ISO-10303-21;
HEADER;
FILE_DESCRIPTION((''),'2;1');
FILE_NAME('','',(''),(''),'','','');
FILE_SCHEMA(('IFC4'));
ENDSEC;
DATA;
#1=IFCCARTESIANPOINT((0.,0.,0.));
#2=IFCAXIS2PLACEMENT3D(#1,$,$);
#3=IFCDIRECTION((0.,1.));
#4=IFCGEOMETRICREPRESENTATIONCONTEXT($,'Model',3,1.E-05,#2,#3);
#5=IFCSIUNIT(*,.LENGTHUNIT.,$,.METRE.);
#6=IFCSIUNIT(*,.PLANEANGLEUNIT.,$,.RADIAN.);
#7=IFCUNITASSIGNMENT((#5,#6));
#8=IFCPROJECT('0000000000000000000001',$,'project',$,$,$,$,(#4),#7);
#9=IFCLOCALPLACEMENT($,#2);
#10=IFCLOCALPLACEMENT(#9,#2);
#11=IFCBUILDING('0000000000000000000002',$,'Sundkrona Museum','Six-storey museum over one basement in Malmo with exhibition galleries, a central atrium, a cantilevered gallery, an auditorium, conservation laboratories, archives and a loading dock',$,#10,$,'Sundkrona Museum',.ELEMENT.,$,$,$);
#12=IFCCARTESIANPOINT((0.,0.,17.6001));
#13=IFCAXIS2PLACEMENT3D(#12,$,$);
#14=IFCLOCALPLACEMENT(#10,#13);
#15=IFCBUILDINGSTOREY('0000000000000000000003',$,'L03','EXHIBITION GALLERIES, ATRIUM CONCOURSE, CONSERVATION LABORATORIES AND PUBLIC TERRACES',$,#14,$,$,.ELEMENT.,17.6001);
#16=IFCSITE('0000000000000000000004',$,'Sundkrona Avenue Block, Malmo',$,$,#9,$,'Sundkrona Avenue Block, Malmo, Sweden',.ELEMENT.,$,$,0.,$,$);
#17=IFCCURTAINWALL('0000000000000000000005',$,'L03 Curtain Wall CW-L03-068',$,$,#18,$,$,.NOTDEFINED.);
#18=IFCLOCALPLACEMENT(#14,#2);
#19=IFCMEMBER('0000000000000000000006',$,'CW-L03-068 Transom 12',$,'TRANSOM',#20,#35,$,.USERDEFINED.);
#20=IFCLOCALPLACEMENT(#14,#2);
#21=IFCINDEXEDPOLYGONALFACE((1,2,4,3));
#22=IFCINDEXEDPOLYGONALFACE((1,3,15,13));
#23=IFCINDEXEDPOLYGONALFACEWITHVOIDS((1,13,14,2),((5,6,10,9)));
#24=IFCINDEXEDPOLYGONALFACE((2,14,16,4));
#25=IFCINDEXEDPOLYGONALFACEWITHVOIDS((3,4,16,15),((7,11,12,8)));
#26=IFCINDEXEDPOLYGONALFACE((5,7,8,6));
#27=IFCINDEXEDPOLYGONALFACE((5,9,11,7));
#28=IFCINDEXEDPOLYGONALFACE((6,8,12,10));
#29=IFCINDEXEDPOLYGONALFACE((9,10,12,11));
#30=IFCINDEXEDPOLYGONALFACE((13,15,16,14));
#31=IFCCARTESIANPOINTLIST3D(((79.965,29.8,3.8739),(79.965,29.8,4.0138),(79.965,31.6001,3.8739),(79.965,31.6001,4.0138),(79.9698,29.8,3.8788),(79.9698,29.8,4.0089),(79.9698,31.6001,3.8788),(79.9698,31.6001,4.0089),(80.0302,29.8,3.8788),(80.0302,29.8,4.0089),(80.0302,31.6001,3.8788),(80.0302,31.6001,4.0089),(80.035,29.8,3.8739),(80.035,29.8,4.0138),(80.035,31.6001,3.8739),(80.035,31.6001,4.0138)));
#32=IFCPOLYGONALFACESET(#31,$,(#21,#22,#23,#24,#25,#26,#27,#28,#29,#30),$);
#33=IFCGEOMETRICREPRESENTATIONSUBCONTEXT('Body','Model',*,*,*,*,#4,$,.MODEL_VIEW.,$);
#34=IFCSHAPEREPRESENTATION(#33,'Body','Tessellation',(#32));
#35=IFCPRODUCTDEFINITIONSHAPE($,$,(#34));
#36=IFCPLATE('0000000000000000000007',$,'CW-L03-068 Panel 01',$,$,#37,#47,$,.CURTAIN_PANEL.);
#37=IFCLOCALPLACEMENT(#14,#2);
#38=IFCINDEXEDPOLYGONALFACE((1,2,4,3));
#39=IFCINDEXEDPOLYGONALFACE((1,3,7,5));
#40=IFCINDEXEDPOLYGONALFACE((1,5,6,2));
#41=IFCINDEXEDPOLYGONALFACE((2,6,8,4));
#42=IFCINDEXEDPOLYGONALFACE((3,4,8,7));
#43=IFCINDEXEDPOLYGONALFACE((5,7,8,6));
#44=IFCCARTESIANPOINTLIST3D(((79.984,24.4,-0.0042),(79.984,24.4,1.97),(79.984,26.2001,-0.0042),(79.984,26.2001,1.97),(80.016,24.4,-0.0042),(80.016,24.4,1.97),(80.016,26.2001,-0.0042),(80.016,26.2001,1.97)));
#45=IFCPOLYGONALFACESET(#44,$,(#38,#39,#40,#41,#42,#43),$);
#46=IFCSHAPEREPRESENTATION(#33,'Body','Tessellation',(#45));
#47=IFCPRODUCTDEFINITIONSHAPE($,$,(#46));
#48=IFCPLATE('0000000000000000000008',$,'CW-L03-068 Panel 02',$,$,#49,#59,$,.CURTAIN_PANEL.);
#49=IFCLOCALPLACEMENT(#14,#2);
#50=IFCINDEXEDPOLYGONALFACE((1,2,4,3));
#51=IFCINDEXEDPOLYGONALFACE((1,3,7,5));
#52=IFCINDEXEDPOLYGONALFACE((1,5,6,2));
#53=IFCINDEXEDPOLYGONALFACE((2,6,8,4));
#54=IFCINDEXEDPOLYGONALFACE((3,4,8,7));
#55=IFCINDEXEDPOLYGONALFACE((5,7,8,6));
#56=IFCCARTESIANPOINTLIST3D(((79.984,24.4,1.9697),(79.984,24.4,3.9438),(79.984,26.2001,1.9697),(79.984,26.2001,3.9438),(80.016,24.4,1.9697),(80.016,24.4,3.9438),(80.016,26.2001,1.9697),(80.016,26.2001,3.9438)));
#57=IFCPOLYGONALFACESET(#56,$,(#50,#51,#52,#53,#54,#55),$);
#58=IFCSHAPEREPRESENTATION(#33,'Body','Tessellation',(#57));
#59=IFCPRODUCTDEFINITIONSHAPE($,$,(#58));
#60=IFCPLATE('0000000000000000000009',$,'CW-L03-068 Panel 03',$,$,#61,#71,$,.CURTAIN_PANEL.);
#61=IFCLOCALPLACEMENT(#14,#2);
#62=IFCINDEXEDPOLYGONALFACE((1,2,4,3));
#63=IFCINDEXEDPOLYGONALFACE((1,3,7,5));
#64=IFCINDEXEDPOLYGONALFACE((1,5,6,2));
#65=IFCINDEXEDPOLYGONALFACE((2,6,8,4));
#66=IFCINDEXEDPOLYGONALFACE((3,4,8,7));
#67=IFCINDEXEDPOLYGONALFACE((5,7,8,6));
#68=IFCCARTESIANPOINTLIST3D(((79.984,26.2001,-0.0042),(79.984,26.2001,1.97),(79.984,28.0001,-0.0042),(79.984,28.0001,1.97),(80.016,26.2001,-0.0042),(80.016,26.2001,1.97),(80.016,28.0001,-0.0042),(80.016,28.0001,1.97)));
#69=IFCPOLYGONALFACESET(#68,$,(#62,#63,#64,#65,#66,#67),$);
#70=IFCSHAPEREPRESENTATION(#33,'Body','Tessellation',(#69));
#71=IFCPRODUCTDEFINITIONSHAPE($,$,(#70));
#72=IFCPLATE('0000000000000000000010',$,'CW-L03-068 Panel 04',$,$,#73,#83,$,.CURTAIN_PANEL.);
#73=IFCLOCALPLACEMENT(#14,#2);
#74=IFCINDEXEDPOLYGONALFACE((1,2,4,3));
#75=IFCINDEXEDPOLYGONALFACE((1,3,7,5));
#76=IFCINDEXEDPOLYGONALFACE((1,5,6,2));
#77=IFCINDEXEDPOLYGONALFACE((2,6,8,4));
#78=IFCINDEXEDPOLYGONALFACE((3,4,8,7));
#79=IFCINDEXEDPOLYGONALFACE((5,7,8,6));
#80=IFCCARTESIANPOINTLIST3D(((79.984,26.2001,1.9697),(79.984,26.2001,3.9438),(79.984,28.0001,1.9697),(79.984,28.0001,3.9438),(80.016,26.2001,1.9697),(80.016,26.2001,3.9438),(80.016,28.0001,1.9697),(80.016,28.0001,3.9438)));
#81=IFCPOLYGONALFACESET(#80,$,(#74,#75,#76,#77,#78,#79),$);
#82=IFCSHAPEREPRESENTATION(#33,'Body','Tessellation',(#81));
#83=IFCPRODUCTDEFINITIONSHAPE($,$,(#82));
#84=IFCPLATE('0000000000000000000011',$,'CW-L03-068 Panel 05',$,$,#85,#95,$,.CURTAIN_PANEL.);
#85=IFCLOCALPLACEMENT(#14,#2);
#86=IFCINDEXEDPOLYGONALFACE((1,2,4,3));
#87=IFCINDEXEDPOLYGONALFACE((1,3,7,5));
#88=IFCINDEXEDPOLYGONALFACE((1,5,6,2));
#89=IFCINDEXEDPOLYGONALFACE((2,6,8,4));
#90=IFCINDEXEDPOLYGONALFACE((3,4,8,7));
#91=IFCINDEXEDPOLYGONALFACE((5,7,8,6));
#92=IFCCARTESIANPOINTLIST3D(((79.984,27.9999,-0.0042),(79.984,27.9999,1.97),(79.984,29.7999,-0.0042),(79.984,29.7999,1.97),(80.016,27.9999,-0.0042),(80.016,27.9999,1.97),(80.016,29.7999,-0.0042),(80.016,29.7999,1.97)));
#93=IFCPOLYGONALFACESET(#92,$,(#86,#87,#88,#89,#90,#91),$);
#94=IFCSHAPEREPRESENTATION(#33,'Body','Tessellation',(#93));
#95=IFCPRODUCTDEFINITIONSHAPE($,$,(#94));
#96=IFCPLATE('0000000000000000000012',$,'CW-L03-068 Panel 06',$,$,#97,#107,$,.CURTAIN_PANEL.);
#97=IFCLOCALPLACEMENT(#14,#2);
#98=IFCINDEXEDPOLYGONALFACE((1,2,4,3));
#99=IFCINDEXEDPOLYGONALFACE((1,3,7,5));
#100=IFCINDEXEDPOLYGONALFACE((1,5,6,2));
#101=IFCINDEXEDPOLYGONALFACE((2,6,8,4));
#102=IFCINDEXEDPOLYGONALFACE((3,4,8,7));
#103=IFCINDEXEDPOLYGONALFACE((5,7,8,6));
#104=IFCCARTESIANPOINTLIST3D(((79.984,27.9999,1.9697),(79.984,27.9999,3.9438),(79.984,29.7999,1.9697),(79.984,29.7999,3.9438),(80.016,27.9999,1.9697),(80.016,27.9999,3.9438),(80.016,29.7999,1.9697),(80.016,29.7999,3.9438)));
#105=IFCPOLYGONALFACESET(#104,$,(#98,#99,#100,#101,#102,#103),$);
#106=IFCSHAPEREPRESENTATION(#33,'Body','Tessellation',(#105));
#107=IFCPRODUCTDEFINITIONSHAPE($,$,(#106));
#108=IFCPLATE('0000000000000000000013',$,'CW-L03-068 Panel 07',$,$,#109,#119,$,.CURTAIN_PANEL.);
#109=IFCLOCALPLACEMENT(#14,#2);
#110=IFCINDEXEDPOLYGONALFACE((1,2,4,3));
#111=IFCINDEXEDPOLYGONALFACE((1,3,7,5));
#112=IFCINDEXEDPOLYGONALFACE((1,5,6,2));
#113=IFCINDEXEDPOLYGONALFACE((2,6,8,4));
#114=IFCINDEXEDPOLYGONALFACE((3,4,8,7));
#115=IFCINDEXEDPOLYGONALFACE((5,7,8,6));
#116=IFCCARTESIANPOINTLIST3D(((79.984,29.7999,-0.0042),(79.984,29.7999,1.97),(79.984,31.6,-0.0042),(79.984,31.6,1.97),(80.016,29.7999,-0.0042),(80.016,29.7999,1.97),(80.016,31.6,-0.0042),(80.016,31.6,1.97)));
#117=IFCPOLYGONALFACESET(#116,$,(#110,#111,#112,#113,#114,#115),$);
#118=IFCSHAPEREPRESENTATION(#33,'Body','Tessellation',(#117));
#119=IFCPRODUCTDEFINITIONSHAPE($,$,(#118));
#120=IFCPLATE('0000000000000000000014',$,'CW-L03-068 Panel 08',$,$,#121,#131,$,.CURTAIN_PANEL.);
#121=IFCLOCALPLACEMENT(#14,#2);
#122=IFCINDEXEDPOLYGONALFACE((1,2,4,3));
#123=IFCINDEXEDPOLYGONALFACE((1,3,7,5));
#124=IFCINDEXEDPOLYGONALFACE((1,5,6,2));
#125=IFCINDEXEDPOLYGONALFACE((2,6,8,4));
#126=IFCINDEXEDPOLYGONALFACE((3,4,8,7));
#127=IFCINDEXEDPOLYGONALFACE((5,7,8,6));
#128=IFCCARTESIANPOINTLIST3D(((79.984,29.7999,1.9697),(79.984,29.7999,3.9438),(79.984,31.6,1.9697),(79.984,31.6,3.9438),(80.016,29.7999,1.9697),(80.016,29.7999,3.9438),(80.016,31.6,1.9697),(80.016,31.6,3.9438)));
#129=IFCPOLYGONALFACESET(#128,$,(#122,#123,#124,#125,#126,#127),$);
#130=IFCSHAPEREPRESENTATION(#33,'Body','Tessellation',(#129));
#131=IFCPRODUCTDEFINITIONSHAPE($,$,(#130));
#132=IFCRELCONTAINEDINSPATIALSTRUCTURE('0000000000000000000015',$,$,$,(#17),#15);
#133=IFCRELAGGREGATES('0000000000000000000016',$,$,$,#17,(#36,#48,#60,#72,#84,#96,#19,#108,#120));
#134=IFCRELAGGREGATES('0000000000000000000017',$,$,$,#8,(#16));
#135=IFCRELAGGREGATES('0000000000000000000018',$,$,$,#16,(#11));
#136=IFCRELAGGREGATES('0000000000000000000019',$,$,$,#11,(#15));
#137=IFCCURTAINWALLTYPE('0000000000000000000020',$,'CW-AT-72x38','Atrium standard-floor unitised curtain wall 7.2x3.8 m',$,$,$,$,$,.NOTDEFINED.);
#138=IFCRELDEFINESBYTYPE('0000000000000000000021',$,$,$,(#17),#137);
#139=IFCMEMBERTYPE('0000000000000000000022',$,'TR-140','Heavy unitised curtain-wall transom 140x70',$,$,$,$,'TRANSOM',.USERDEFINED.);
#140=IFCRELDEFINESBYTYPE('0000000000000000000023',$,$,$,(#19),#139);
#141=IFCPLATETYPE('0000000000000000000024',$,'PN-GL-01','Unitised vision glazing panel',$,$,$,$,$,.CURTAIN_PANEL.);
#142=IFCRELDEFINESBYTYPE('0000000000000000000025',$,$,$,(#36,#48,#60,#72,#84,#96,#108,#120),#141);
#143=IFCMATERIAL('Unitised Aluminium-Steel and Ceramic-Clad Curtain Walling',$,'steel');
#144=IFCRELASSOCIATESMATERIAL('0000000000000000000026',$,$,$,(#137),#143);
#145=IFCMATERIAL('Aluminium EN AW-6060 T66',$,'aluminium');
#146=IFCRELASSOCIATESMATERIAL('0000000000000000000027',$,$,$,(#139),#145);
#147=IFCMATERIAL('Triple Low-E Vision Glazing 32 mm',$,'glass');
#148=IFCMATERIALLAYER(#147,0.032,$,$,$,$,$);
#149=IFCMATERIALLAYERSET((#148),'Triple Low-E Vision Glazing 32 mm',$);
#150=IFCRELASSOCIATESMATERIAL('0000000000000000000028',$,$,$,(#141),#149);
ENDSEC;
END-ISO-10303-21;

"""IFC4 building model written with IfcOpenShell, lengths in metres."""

from ifc_helpers import new_model, si_unit, direction, frame, origin, origin_2d, place, context, subcontext, project, spatial, rectangle, hollow_rectangle, extrude, material, layer, layer_set, material_profile, profile_set, type_object, element, aggregate, save


model = new_model("IFC4")

# Units and contexts
model_context = context("Model", 3, precision=1e-05, world=origin(), true_north=direction((0.0, 1.0)))
body_context = subcontext(model_context, "Body", "Model", "MODEL_VIEW")
ifc_project = project(units=[si_unit("LENGTHUNIT", "METRE"), si_unit("PLANEANGLEUNIT", "RADIAN")], contexts=[model_context])

# Site, building, storey
site_placement = place(None, origin())
site = spatial("IfcSite", under=ifc_project, at=site_placement, Name="Sundkrona Avenue Block, Malmo", LongName="Sundkrona Avenue Block, Malmo, Sweden", CompositionType="ELEMENT", RefElevation=0.0)
building_placement = place(site_placement, origin())
building = spatial("IfcBuilding", under=site, at=building_placement, Name="Sundkrona Museum", Description="Six-storey museum over one basement in Malmo with exhibition galleries, a central atrium, a cantilevered gallery, an auditorium, conservation laboratories, archives and a loading dock", LongName="Sundkrona Museum", CompositionType="ELEMENT")
storey_placement = place(building_placement, frame((0.0, 0.0, 17.6001)))
storey = spatial("IfcBuildingStorey", under=building, at=storey_placement, Name="L03", Description="EXHIBITION GALLERIES, ATRIUM CONCOURSE, CONSERVATION LABORATORIES AND PUBLIC TERRACES", CompositionType="ELEMENT", Elevation=17.6001)

# Shared definitions
ifc_material_1 = material(Name="Unitised Aluminium-Steel and Ceramic-Clad Curtain Walling", Category="steel")
curtain_wall_type = type_object("IfcCurtainWallType", Name="CW-AT-72x38", Description="Atrium standard-floor unitised curtain wall 7.2x3.8 m", PredefinedType="NOTDEFINED", material=ifc_material_1)
ifc_material_2 = material(Name="Aluminium EN AW-6060 T66", Category="aluminium")

# Curtain wall
curtain_wall_1_placement = place(storey_placement, origin())
curtain_wall_1 = element("IfcCurtainWall", 1, at=curtain_wall_1_placement, inside=storey, type_object=curtain_wall_type, Name="L03 Curtain Wall CW-L03-068", PredefinedType="NOTDEFINED")

# Member
ifc_material_profile_1 = material_profile(ifc_material_2, hollow_rectangle(XDim=0.0701, YDim=0.1399, WallThickness=0.0049, at=origin_2d()), Name="RHS 140x70x5.0")
ifc_profile_set_1 = profile_set([ifc_material_profile_1], Name="Aluminium EN AW-6060 T66")
member_type_1 = type_object("IfcMemberType", Name="TR-140", Description="Heavy unitised curtain-wall transom 140x70", ElementType="TRANSOM", PredefinedType="USERDEFINED", material=ifc_profile_set_1)
member_1_placement = place(storey_placement, frame((80.0, 29.8, 3.9438), z_axis=(0.0, 1.0, 0.0), x_axis=(-1.0, 0.0, 0.0)))
member_1 = element("IfcMember", 2, at=member_1_placement, type_object=member_type_1, Name="CW-L03-068 Transom 12", ObjectType="TRANSOM", PredefinedType="USERDEFINED", context=body_context, shape_type="SweptSolid", body=[
    extrude(hollow_rectangle(XDim=0.0701, YDim=0.1399, WallThickness=0.0049, at=origin_2d()), origin(), (0.0, 0.0, 1.0), 1.8),
])

# Plates
ifc_material_3 = material(Name="Triple Low-E Vision Glazing 32 mm", Category="glass")
ifc_layer = layer(ifc_material_3, 0.032)
ifc_layer_set = layer_set([ifc_layer], Name="Triple Low-E Vision Glazing 32 mm")
plate_type = type_object("IfcPlateType", Name="PN-GL-01", Description="Unitised vision glazing panel", PredefinedType="CURTAIN_PANEL", material=ifc_layer_set)
plate_1_placement = place(storey_placement, frame((80.0, 25.3, -0.0042), z_axis=(0.0, 0.0, 1.0), x_axis=(0.0, 1.0, 0.0)))
plate_1 = element("IfcPlate", 3, at=plate_1_placement, type_object=plate_type, Name="CW-L03-068 Panel 01", PredefinedType="CURTAIN_PANEL", context=body_context, shape_type="SweptSolid", body=[
    extrude(rectangle(XDim=1.8, YDim=0.032, at=origin_2d()), origin(), (0.0, 0.0, 1.0), 1.9741),
])
plate_2_placement = place(storey_placement, frame((80.0, 25.3, 1.9697), z_axis=(0.0, 0.0, 1.0), x_axis=(0.0, 1.0, 0.0)))
plate_2 = element("IfcPlate", 4, at=plate_2_placement, type_object=plate_type, Name="CW-L03-068 Panel 02", PredefinedType="CURTAIN_PANEL", context=body_context, shape_type="SweptSolid", body=[
    extrude(rectangle(XDim=1.8, YDim=0.032, at=origin_2d()), origin(), (0.0, 0.0, 1.0), 1.9741),
])
plate_3_placement = place(storey_placement, frame((80.0, 27.1001, -0.0042), z_axis=(0.0, 0.0, 1.0), x_axis=(0.0, 1.0, 0.0)))
plate_3 = element("IfcPlate", 5, at=plate_3_placement, type_object=plate_type, Name="CW-L03-068 Panel 03", PredefinedType="CURTAIN_PANEL", context=body_context, shape_type="SweptSolid", body=[
    extrude(rectangle(XDim=1.8, YDim=0.032, at=origin_2d()), origin(), (0.0, 0.0, 1.0), 1.9741),
])
plate_4_placement = place(storey_placement, frame((80.0, 27.1001, 1.9697), z_axis=(0.0, 0.0, 1.0), x_axis=(0.0, 1.0, 0.0)))
plate_4 = element("IfcPlate", 6, at=plate_4_placement, type_object=plate_type, Name="CW-L03-068 Panel 04", PredefinedType="CURTAIN_PANEL", context=body_context, shape_type="SweptSolid", body=[
    extrude(rectangle(XDim=1.8, YDim=0.032, at=origin_2d()), origin(), (0.0, 0.0, 1.0), 1.9741),
])
plate_5_placement = place(storey_placement, frame((80.0, 28.8999, -0.0042), z_axis=(0.0, 0.0, 1.0), x_axis=(0.0, 1.0, 0.0)))
plate_5 = element("IfcPlate", 7, at=plate_5_placement, type_object=plate_type, Name="CW-L03-068 Panel 05", PredefinedType="CURTAIN_PANEL", context=body_context, shape_type="SweptSolid", body=[
    extrude(rectangle(XDim=1.8, YDim=0.032, at=origin_2d()), origin(), (0.0, 0.0, 1.0), 1.9741),
])
plate_6_placement = place(storey_placement, frame((80.0, 28.8999, 1.9697), z_axis=(0.0, 0.0, 1.0), x_axis=(0.0, 1.0, 0.0)))
plate_6 = element("IfcPlate", 8, at=plate_6_placement, type_object=plate_type, Name="CW-L03-068 Panel 06", PredefinedType="CURTAIN_PANEL", context=body_context, shape_type="SweptSolid", body=[
    extrude(rectangle(XDim=1.8, YDim=0.032, at=origin_2d()), origin(), (0.0, 0.0, 1.0), 1.9741),
])
plate_7_placement = place(storey_placement, frame((80.0, 30.7, -0.0042), z_axis=(0.0, 0.0, 1.0), x_axis=(0.0, 1.0, 0.0)))
plate_7 = element("IfcPlate", 9, at=plate_7_placement, type_object=plate_type, Name="CW-L03-068 Panel 07", PredefinedType="CURTAIN_PANEL", context=body_context, shape_type="SweptSolid", body=[
    extrude(rectangle(XDim=1.8, YDim=0.032, at=origin_2d()), origin(), (0.0, 0.0, 1.0), 1.9741),
])
plate_8_placement = place(storey_placement, frame((80.0, 30.7, 1.9697), z_axis=(0.0, 0.0, 1.0), x_axis=(0.0, 1.0, 0.0)))
plate_8 = element("IfcPlate", 10, at=plate_8_placement, type_object=plate_type, Name="CW-L03-068 Panel 08", PredefinedType="CURTAIN_PANEL", context=body_context, shape_type="SweptSolid", body=[
    extrude(rectangle(XDim=1.8, YDim=0.032, at=origin_2d()), origin(), (0.0, 0.0, 1.0), 1.9741),
])
aggregate(curtain_wall_1, [plate_1, plate_2, plate_3, plate_4, plate_5, plate_6, member_1, plate_7, plate_8])

save(model, "model.ifc")
